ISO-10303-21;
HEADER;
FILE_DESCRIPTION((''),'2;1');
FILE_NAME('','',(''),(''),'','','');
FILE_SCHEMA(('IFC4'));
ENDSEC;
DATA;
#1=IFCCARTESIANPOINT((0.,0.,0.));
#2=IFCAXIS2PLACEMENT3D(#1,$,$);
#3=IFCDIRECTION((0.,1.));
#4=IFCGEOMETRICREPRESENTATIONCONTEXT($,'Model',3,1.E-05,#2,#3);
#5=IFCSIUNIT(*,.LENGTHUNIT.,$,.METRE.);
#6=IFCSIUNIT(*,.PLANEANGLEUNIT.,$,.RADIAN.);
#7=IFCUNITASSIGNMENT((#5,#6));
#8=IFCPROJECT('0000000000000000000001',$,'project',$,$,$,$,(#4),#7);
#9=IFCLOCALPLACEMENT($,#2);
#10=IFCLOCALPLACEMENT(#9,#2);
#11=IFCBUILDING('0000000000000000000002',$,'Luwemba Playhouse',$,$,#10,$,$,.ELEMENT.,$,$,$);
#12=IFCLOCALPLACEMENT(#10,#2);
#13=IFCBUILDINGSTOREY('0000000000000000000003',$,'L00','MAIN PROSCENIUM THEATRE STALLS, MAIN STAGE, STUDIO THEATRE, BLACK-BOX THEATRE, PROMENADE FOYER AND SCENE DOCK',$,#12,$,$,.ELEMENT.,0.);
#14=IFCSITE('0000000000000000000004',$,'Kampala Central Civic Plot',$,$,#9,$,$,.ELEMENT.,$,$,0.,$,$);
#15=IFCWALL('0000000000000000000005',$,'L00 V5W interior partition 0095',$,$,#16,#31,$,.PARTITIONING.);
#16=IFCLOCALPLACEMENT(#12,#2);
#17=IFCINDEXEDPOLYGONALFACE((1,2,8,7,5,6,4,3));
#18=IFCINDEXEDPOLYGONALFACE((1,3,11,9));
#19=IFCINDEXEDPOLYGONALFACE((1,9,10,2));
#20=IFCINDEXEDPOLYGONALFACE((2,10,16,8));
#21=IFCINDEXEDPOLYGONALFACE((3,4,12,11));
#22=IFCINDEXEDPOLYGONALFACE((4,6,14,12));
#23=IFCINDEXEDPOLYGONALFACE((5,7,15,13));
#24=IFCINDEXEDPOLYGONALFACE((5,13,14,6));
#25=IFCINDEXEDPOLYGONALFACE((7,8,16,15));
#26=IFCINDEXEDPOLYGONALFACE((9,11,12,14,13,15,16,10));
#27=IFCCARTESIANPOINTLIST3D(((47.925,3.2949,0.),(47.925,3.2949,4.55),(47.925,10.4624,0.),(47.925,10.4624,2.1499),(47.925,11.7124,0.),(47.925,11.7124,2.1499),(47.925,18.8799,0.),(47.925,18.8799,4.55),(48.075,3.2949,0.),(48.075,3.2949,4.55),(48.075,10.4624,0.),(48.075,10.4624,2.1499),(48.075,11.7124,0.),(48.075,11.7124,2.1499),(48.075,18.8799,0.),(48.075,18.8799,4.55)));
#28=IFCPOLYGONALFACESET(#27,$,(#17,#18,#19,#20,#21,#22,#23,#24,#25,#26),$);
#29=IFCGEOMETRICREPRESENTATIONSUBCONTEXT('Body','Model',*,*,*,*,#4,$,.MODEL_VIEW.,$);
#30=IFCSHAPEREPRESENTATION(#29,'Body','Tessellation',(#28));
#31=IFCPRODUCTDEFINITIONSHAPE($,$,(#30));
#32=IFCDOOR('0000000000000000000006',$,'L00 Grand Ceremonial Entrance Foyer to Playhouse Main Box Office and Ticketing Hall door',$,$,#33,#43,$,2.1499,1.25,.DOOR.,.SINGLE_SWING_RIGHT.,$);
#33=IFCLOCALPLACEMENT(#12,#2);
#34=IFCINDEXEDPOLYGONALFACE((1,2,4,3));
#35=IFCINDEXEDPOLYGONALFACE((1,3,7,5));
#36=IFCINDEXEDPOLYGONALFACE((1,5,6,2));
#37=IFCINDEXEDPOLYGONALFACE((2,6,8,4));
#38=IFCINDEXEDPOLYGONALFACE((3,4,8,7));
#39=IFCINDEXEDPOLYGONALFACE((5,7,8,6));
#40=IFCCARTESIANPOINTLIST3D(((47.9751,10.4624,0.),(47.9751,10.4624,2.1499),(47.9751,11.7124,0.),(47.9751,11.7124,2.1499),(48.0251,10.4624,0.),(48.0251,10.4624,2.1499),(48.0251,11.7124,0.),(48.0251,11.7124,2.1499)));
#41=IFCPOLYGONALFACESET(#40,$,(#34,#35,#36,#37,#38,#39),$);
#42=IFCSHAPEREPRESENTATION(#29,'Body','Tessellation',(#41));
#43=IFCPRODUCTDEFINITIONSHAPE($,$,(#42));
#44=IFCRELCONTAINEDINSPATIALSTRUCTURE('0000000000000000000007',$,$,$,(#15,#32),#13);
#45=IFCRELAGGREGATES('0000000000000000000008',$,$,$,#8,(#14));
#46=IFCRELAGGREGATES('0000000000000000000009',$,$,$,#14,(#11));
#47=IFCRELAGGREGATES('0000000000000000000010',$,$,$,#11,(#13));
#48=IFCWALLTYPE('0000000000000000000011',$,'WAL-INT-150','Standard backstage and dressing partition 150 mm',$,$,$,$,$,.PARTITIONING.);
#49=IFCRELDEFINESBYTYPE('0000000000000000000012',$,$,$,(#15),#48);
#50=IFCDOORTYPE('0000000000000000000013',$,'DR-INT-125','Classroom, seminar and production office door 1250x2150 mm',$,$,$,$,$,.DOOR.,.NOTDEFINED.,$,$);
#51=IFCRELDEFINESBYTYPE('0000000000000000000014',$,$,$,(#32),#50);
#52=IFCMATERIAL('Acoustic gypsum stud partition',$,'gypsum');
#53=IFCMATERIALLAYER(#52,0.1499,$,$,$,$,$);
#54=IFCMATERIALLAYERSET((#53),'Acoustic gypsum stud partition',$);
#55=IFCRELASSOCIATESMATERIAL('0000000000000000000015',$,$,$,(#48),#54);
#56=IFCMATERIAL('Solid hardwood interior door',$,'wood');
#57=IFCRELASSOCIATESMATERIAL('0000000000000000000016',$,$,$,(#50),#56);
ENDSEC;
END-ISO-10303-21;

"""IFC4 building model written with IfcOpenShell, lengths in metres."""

from ifc_helpers import new_model, si_unit, direction, frame, frame_2d, origin, place, context, subcontext, project, spatial, rectangle, extrude, material, layer, layer_set, type_object, element, fill, save


model = new_model("IFC4")

# Units and contexts
model_context = context("Model", 3, precision=1e-05, world=origin(), true_north=direction((0.0, 1.0)))
body_context = subcontext(model_context, "Body", "Model", "MODEL_VIEW")
ifc_project = project(units=[si_unit("LENGTHUNIT", "METRE"), si_unit("PLANEANGLEUNIT", "RADIAN")], contexts=[model_context])

# Site, building, storey
site_placement = place(None, origin())
site = spatial("IfcSite", under=ifc_project, at=site_placement, Name="Kampala Central Civic Plot", CompositionType="ELEMENT", RefElevation=0.0)
building_placement = place(site_placement, origin())
building = spatial("IfcBuilding", under=site, at=building_placement, Name="Luwemba Playhouse", CompositionType="ELEMENT")
storey_placement = place(building_placement, origin())
storey = spatial("IfcBuildingStorey", under=building, at=storey_placement, Name="L00", Description="MAIN PROSCENIUM THEATRE STALLS, MAIN STAGE, STUDIO THEATRE, BLACK-BOX THEATRE, PROMENADE FOYER AND SCENE DOCK", CompositionType="ELEMENT", Elevation=0.0)

# Wall, opening, door
ifc_material_1 = material(Name="Acoustic gypsum stud partition", Category="gypsum")
ifc_layer_1 = layer(ifc_material_1, 0.1499)
ifc_layer_set_1 = layer_set([ifc_layer_1], Name="Acoustic gypsum stud partition")
wall_type_1 = type_object("IfcWallType", Name="WAL-INT-150", Description="Standard backstage and dressing partition 150 mm", PredefinedType="PARTITIONING", material=ifc_layer_set_1)
wall_1_placement = place(storey_placement, frame((48.0, 3.2949, 0.0), z_axis=(0.0, 0.0, 1.0), x_axis=(0.0, 1.0, 0.0)))
wall_1 = element("IfcWall", 1, at=wall_1_placement, inside=storey, type_object=wall_type_1, Name="L00 V5W interior partition 0095", PredefinedType="PARTITIONING", context=body_context, shape_type="SweptSolid", body=[
    extrude(rectangle(XDim=15.585, YDim=0.1499, at=frame_2d((7.7925, 0.0))), origin(), (0.0, 0.0, 1.0), 4.55),
])
opening_1_placement = place(wall_1_placement, frame((7.1675, 0.0, 0.0)))
opening_1 = element("IfcOpeningElement", 2, at=opening_1_placement, cuts=wall_1, PredefinedType="OPENING", context=body_context, shape_type="SweptSolid", body=[
    extrude(rectangle(XDim=1.25, YDim=2.1499, at=frame_2d((0.625, 1.075))), frame((0.0, 0.085, 0.0), z_axis=(0.0, -1.0, 0.0), x_axis=(1.0, 0.0, 0.0)), (0.0, 0.0, 1.0), 0.1699),
])
ifc_material_2 = material(Name="Solid hardwood interior door", Category="wood")
door_type_1 = type_object("IfcDoorType", Name="DR-INT-125", Description="Classroom, seminar and production office door 1250x2150 mm", OperationType="NOTDEFINED", PredefinedType="DOOR", material=ifc_material_2)
door_1_placement = place(opening_1_placement, origin())
door_1 = element("IfcDoor", 3, at=door_1_placement, inside=storey, type_object=door_type_1, Name="L00 Grand Ceremonial Entrance Foyer to Playhouse Main Box Office and Ticketing Hall door", OperationType="SINGLE_SWING_RIGHT", OverallHeight=2.1499, OverallWidth=1.25, PredefinedType="DOOR", context=body_context, shape_type="SweptSolid", body=[
    extrude(rectangle(XDim=1.25, YDim=2.1499, at=frame_2d((0.625, 1.075))), frame((0.0, 0.0249, 0.0), z_axis=(0.0, -1.0, 0.0), x_axis=(1.0, 0.0, 0.0)), (0.0, 0.0, 1.0), 0.05),
])
fill(opening_1, door_1)

save(model, "model.ifc")
